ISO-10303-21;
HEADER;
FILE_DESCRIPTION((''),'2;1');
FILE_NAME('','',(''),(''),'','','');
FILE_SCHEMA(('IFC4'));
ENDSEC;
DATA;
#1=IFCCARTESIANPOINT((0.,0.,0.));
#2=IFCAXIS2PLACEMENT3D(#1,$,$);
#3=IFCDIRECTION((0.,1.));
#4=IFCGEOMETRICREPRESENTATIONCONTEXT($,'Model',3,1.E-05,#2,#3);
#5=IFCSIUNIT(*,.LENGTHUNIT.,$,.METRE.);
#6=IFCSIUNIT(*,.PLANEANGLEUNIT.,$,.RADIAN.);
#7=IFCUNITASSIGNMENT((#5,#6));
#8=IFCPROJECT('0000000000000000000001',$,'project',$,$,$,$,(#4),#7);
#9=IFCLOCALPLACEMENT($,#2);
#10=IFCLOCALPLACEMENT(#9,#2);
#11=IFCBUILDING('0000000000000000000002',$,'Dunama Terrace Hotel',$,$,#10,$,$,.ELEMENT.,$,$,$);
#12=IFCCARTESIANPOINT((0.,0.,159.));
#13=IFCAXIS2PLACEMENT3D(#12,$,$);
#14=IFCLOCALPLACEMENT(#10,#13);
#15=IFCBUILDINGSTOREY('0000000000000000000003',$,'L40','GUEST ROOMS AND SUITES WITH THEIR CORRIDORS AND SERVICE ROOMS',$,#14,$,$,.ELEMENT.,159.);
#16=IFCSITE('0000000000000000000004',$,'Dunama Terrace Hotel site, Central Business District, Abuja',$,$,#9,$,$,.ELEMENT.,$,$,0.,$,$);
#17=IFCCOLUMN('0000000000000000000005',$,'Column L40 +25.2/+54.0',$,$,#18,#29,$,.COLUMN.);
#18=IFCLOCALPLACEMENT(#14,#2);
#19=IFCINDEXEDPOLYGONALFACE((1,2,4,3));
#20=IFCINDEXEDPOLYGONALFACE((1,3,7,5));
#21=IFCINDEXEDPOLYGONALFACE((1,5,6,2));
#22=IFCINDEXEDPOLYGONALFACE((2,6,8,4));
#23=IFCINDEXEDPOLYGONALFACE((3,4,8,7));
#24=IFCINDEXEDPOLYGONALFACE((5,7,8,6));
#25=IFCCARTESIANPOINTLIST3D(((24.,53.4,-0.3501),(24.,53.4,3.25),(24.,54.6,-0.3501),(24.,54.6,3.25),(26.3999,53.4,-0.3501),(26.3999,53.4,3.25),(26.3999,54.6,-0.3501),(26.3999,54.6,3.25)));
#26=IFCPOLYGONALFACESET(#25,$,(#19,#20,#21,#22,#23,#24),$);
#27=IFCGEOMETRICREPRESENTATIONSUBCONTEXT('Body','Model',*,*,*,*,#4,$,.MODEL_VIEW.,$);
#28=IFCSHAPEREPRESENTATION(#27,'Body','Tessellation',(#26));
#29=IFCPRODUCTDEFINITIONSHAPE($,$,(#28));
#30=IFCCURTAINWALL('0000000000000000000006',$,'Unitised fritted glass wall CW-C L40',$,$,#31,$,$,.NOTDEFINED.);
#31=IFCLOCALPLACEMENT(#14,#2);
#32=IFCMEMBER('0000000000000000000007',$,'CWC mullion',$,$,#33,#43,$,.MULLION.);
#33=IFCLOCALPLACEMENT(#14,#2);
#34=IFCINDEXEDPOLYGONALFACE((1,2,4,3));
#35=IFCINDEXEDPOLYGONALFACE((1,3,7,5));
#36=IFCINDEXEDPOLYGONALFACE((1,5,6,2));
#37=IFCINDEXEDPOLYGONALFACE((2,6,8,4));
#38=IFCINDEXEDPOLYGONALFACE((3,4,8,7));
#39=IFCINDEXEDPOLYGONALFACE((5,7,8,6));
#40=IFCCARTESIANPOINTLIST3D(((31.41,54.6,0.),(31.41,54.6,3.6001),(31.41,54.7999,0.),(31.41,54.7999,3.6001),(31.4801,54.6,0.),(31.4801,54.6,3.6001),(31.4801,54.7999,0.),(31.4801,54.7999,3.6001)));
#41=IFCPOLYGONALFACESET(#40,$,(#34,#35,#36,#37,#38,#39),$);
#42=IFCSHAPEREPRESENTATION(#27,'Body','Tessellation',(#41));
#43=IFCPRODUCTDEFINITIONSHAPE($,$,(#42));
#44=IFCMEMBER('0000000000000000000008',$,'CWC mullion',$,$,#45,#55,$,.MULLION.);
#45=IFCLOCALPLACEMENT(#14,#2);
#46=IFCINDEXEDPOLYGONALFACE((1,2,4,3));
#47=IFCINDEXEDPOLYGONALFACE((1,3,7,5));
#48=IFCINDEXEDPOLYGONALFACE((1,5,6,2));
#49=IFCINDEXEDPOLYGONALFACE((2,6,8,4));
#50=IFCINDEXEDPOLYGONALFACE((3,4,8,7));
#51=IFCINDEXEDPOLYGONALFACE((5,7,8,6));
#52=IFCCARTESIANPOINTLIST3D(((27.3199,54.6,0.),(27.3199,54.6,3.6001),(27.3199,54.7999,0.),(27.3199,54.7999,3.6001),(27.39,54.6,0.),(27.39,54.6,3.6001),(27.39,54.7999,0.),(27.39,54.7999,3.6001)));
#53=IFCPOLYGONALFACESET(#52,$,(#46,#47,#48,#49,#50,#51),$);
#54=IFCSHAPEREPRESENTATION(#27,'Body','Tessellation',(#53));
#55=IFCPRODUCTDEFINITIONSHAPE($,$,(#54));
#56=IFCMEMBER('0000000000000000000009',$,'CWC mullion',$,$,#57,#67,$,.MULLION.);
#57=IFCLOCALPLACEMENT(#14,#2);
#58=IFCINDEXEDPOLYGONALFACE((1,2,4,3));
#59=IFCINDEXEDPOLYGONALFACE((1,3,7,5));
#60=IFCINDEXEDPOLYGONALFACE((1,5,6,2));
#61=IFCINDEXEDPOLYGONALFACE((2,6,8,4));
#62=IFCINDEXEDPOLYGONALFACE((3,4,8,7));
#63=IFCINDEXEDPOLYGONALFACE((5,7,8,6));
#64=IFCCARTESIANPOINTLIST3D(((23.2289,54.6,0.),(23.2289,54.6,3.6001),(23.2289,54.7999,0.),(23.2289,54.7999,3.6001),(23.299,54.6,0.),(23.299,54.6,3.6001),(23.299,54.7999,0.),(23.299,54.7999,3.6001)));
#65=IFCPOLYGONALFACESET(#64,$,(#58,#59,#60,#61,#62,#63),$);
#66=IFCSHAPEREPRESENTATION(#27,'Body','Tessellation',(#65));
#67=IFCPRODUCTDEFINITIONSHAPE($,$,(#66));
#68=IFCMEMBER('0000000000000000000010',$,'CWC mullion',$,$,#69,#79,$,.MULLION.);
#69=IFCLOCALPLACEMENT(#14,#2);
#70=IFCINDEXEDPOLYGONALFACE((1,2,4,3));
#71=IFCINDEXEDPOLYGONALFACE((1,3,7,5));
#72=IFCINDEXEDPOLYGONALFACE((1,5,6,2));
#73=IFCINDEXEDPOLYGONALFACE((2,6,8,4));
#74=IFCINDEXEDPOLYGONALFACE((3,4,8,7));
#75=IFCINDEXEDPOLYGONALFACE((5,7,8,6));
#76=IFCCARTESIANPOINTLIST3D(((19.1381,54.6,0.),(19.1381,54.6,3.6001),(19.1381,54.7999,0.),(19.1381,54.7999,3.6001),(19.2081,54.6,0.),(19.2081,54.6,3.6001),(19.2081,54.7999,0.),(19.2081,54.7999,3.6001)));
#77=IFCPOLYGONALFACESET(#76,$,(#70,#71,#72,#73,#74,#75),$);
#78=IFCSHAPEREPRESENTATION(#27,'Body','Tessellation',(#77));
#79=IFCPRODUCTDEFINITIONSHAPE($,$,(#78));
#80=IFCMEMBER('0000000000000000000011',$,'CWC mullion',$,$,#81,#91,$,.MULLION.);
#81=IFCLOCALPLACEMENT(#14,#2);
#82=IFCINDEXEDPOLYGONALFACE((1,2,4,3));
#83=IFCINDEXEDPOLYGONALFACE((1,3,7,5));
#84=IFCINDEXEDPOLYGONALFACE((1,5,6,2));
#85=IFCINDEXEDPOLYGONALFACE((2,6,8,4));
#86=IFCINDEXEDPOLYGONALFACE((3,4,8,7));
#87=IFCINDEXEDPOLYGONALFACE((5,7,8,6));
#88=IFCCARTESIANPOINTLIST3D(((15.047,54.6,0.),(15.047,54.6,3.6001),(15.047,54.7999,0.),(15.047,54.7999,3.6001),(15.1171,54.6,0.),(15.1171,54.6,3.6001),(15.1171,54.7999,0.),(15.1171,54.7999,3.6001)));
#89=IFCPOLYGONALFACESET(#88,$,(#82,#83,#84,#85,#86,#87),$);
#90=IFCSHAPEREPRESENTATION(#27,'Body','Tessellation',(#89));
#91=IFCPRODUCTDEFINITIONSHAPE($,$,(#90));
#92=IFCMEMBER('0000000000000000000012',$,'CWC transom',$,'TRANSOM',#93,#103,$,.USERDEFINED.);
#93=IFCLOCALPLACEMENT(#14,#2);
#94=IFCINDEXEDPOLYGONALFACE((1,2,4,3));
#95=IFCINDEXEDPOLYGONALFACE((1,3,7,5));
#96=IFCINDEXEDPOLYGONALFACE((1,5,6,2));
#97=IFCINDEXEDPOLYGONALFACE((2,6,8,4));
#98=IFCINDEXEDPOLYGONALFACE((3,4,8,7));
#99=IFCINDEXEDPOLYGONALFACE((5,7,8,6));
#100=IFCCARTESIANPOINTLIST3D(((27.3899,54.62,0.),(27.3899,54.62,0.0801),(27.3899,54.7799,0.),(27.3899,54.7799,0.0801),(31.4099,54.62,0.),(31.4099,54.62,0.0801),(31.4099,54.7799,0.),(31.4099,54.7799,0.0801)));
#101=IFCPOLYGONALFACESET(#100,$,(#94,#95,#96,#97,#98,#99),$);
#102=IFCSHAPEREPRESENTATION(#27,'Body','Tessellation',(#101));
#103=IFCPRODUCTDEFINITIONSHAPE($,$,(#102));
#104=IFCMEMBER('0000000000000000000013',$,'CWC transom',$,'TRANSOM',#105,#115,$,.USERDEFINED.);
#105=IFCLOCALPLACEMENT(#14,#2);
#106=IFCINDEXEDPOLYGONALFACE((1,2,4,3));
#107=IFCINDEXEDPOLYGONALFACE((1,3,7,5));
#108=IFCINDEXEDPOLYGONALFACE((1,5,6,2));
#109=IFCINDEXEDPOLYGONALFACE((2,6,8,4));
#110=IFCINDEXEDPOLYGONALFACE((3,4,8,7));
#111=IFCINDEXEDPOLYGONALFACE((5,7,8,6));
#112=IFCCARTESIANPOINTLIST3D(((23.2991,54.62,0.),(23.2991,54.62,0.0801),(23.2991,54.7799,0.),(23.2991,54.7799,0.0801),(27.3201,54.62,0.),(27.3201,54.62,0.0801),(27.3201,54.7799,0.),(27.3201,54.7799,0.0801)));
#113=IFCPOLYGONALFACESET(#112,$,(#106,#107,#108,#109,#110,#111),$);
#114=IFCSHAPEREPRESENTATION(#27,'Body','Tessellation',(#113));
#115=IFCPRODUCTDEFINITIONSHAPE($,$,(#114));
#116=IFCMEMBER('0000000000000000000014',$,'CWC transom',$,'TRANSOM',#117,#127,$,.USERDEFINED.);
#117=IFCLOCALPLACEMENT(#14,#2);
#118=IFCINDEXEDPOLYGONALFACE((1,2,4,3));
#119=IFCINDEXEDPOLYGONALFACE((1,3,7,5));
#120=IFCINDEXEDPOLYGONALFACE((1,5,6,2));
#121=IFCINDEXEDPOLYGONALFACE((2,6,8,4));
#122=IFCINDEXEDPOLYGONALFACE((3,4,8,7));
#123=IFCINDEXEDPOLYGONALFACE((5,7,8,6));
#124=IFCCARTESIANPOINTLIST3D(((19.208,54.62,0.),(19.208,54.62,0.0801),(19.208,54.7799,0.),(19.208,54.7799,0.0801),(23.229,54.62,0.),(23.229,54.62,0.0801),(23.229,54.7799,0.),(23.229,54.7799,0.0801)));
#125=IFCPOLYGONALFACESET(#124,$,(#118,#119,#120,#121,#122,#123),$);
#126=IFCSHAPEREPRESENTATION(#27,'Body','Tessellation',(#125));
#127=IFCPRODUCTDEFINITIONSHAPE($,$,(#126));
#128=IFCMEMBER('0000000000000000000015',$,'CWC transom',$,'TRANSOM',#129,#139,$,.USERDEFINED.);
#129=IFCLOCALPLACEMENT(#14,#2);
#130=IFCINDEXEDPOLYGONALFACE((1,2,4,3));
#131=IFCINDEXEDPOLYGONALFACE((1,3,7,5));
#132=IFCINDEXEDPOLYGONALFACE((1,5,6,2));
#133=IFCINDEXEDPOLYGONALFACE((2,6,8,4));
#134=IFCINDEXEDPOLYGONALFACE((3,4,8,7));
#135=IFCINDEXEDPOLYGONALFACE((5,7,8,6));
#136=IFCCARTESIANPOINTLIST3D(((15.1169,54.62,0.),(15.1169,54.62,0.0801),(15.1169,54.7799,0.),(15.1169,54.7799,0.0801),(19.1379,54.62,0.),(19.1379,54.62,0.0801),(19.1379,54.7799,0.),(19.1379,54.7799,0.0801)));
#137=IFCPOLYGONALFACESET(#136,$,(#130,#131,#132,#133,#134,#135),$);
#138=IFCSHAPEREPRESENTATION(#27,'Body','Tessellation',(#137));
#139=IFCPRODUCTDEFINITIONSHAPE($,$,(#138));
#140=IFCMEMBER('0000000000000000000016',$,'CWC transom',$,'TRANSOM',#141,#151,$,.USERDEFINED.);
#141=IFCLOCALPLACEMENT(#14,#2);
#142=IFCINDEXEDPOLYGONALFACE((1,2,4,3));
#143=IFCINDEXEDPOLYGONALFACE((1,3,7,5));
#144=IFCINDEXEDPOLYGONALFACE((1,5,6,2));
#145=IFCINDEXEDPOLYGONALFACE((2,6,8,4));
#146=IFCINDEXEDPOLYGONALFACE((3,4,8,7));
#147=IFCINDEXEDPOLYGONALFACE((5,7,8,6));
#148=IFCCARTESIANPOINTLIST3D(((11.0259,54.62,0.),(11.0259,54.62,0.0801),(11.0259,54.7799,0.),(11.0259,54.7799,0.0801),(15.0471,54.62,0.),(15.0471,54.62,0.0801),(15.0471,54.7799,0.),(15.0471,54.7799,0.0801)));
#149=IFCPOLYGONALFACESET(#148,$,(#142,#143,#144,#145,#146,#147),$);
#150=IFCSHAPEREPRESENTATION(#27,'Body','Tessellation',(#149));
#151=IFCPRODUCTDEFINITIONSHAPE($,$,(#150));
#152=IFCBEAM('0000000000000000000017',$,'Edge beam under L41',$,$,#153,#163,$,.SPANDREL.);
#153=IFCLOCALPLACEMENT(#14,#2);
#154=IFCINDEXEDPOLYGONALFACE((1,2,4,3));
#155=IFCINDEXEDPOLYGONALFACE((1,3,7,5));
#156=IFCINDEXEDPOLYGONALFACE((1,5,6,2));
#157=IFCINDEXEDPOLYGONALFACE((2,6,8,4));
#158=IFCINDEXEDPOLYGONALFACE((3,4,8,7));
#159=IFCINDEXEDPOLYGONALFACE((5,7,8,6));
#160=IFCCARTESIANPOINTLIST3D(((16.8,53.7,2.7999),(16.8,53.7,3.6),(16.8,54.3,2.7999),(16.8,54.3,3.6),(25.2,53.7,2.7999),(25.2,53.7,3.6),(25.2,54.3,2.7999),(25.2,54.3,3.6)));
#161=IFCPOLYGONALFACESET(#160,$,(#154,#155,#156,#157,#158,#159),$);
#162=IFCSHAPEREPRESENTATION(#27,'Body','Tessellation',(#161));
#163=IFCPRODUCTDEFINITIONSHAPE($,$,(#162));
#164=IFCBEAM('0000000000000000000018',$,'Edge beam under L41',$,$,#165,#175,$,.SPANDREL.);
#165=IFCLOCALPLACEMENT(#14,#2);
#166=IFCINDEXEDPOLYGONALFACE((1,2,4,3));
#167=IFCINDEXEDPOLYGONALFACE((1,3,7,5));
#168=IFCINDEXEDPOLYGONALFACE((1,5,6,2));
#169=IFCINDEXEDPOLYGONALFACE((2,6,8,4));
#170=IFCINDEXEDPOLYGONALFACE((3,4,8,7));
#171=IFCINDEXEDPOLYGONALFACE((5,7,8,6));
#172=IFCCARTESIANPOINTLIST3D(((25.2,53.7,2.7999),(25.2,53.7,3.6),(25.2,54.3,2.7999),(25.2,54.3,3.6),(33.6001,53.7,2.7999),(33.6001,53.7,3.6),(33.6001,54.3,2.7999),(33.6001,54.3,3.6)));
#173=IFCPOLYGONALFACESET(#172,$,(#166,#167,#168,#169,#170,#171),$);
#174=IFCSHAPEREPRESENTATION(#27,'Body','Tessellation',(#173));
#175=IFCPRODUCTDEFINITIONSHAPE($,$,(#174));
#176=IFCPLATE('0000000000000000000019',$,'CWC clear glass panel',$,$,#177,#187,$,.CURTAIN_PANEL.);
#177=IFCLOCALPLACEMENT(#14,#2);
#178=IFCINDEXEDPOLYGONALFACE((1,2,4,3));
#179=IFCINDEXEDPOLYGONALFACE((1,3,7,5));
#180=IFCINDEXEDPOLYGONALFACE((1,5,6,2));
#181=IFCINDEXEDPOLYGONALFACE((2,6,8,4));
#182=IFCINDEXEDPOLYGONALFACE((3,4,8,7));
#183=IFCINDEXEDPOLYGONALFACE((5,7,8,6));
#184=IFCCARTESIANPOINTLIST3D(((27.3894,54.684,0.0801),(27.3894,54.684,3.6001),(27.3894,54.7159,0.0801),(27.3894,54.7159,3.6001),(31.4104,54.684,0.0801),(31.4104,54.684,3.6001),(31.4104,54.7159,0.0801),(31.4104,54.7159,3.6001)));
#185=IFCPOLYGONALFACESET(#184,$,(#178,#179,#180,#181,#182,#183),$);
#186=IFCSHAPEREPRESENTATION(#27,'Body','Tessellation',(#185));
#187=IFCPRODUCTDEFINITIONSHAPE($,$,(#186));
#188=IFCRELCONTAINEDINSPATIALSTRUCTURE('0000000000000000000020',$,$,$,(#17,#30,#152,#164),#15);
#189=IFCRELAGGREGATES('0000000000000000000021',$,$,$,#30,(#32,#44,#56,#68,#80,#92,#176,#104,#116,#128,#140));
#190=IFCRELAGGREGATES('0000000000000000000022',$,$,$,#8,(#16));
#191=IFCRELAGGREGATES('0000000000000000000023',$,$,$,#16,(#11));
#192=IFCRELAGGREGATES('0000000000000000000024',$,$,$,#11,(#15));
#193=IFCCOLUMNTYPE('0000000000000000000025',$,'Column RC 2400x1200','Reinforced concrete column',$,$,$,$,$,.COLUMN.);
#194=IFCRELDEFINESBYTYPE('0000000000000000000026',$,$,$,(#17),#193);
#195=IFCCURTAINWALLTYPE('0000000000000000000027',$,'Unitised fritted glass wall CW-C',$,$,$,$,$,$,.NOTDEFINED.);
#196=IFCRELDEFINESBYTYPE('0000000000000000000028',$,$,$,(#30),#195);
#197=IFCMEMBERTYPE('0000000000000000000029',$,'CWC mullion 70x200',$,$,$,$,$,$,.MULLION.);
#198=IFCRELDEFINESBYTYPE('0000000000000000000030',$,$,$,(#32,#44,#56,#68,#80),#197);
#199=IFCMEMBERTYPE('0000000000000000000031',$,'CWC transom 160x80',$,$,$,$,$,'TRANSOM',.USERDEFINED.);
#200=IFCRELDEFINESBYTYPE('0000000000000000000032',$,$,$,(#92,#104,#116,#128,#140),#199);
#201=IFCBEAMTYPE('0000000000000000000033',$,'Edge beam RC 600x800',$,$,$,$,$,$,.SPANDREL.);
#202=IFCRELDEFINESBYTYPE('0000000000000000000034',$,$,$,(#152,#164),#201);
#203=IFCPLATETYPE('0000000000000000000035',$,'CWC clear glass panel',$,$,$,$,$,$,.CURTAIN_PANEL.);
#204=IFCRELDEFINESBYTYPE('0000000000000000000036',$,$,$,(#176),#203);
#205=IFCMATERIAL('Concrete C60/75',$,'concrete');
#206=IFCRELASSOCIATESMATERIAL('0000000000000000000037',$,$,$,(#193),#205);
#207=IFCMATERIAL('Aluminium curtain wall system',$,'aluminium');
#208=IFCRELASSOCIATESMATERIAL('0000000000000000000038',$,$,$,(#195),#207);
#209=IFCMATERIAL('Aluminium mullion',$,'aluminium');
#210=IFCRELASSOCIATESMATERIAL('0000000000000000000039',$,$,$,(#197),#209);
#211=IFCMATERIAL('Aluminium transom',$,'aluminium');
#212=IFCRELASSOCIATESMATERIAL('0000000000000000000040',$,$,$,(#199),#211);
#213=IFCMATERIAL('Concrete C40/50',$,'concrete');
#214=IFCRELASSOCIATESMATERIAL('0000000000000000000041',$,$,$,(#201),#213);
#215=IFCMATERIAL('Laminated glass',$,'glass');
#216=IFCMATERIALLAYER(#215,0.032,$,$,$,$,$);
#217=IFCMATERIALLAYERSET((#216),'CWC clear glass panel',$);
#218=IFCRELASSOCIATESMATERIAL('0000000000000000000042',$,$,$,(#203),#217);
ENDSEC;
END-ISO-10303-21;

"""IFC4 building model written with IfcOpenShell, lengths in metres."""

from ifc_helpers import new_model, si_unit, direction, frame, origin, origin_2d, place, context, subcontext, project, spatial, rectangle, extrude, material, layer, layer_set, material_profile, profile_set, type_object, element, aggregate, save


model = new_model("IFC4")

# Units and contexts
model_context = context("Model", 3, precision=1e-05, world=origin(), true_north=direction((0.0, 1.0)))
body_context = subcontext(model_context, "Body", "Model", "MODEL_VIEW")
ifc_project = project(units=[si_unit("LENGTHUNIT", "METRE"), si_unit("PLANEANGLEUNIT", "RADIAN")], contexts=[model_context])

# Site, building, storey
site_placement = place(None, origin())
site = spatial("IfcSite", under=ifc_project, at=site_placement, Name="Dunama Terrace Hotel site, Central Business District, Abuja", CompositionType="ELEMENT", RefElevation=0.0)
building_placement = place(site_placement, origin())
building = spatial("IfcBuilding", under=site, at=building_placement, Name="Dunama Terrace Hotel", CompositionType="ELEMENT")
storey_placement = place(building_placement, frame((0.0, 0.0, 159.0)))
storey = spatial("IfcBuildingStorey", under=building, at=storey_placement, Name="L40", Description="GUEST ROOMS AND SUITES WITH THEIR CORRIDORS AND SERVICE ROOMS", CompositionType="ELEMENT", Elevation=159.0)

# Column
ifc_material_1 = material(Name="Concrete C60/75", Category="concrete")
ifc_material_profile_1 = material_profile(ifc_material_1, rectangle(XDim=2.3999, YDim=1.2, at=origin_2d()), Name="RC 2400x1200")
ifc_profile_set_1 = profile_set([ifc_material_profile_1], Name="Concrete C60/75")
column_type = type_object("IfcColumnType", Name="Column RC 2400x1200", Description="Reinforced concrete column", PredefinedType="COLUMN", material=ifc_profile_set_1)
column_placement = place(storey_placement, frame((25.2, 54.0, -0.3501), z_axis=(0.0, 0.0, 1.0), x_axis=(1.0, 0.0, 0.0)))
element("IfcColumn", 1, at=column_placement, inside=storey, type_object=column_type, Name="Column L40 +25.2/+54.0", PredefinedType="COLUMN", context=body_context, shape_type="SweptSolid", body=[
    extrude(rectangle(XDim=2.3999, YDim=1.2, at=origin_2d()), origin(), (0.0, 0.0, 1.0), 3.6001),
])

# Curtain wall, members
ifc_material_2 = material(Name="Aluminium curtain wall system", Category="aluminium")
curtain_wall_type = type_object("IfcCurtainWallType", Name="Unitised fritted glass wall CW-C", PredefinedType="NOTDEFINED", material=ifc_material_2)
curtain_wall_placement = place(storey_placement, origin())
curtain_wall = element("IfcCurtainWall", 2, at=curtain_wall_placement, inside=storey, type_object=curtain_wall_type, Name="Unitised fritted glass wall CW-C L40", PredefinedType="NOTDEFINED")
ifc_material_3 = material(Name="Aluminium mullion", Category="aluminium")
ifc_material_profile_2 = material_profile(ifc_material_3, rectangle(XDim=0.0701, YDim=0.2, at=origin_2d()), Name="CWC MULLION 70X200")
ifc_profile_set_2 = profile_set([ifc_material_profile_2], Name="Aluminium mullion")
member_type_1 = type_object("IfcMemberType", Name="CWC mullion 70x200", PredefinedType="MULLION", material=ifc_profile_set_2)
member_1_placement = place(storey_placement, frame((31.4451, 54.7, 0.0), z_axis=(0.0, 0.0, 1.0), x_axis=(-1.0, 0.0, 0.0)))
member_1 = element("IfcMember", 3, at=member_1_placement, type_object=member_type_1, Name="CWC mullion", PredefinedType="MULLION", context=body_context, shape_type="SweptSolid", body=[
    extrude(rectangle(XDim=0.0701, YDim=0.2, at=origin_2d()), origin(), (0.0, 0.0, 1.0), 3.6001),
])
member_2_placement = place(storey_placement, frame((27.355, 54.7, 0.0), z_axis=(0.0, 0.0, 1.0), x_axis=(-1.0, 0.0, 0.0)))
member_2 = element("IfcMember", 4, at=member_2_placement, type_object=member_type_1, Name="CWC mullion", PredefinedType="MULLION", context=body_context, shape_type="SweptSolid", body=[
    extrude(rectangle(XDim=0.0701, YDim=0.2, at=origin_2d()), origin(), (0.0, 0.0, 1.0), 3.6001),
])
member_3_placement = place(storey_placement, frame((23.2639, 54.7, 0.0), z_axis=(0.0, 0.0, 1.0), x_axis=(-1.0, 0.0, 0.0)))
member_3 = element("IfcMember", 5, at=member_3_placement, type_object=member_type_1, Name="CWC mullion", PredefinedType="MULLION", context=body_context, shape_type="SweptSolid", body=[
    extrude(rectangle(XDim=0.0701, YDim=0.2, at=origin_2d()), origin(), (0.0, 0.0, 1.0), 3.6001),
])
member_4_placement = place(storey_placement, frame((19.1731, 54.7, 0.0), z_axis=(0.0, 0.0, 1.0), x_axis=(-1.0, 0.0, 0.0)))
member_4 = element("IfcMember", 6, at=member_4_placement, type_object=member_type_1, Name="CWC mullion", PredefinedType="MULLION", context=body_context, shape_type="SweptSolid", body=[
    extrude(rectangle(XDim=0.0701, YDim=0.2, at=origin_2d()), origin(), (0.0, 0.0, 1.0), 3.6001),
])
member_5_placement = place(storey_placement, frame((15.082, 54.7, 0.0), z_axis=(0.0, 0.0, 1.0), x_axis=(-1.0, 0.0, 0.0)))
member_5 = element("IfcMember", 7, at=member_5_placement, type_object=member_type_1, Name="CWC mullion", PredefinedType="MULLION", context=body_context, shape_type="SweptSolid", body=[
    extrude(rectangle(XDim=0.0701, YDim=0.2, at=origin_2d()), origin(), (0.0, 0.0, 1.0), 3.6001),
])
ifc_material_4 = material(Name="Aluminium transom", Category="aluminium")
ifc_material_profile_3 = material_profile(ifc_material_4, rectangle(XDim=0.1599, YDim=0.0801, at=origin_2d()), Name="CWC TRANSOM 160X80")
ifc_profile_set_3 = profile_set([ifc_material_profile_3], Name="Aluminium transom")
member_type_2 = type_object("IfcMemberType", Name="CWC transom 160x80", ElementType="TRANSOM", PredefinedType="USERDEFINED", material=ifc_profile_set_3)
member_6_placement = place(storey_placement, frame((31.4099, 54.7, 0.04), z_axis=(-1.0, 0.0, 0.0), x_axis=(0.0, -1.0, 0.0)))
member_6 = element("IfcMember", 8, at=member_6_placement, type_object=member_type_2, Name="CWC transom", ObjectType="TRANSOM", PredefinedType="USERDEFINED", context=body_context, shape_type="SweptSolid", body=[
    extrude(rectangle(XDim=0.1599, YDim=0.0801, at=origin_2d()), origin(), (0.0, 0.0, 1.0), 4.02),
])
member_7_placement = place(storey_placement, frame((27.3201, 54.7, 0.04), z_axis=(-1.0, 0.0, 0.0), x_axis=(0.0, -1.0, 0.0)))
member_7 = element("IfcMember", 9, at=member_7_placement, type_object=member_type_2, Name="CWC transom", ObjectType="TRANSOM", PredefinedType="USERDEFINED", context=body_context, shape_type="SweptSolid", body=[
    extrude(rectangle(XDim=0.1599, YDim=0.0801, at=origin_2d()), origin(), (0.0, 0.0, 1.0), 4.021),
])
member_8_placement = place(storey_placement, frame((23.229, 54.7, 0.04), z_axis=(-1.0, 0.0, 0.0), x_axis=(0.0, -1.0, 0.0)))
member_8 = element("IfcMember", 10, at=member_8_placement, type_object=member_type_2, Name="CWC transom", ObjectType="TRANSOM", PredefinedType="USERDEFINED", context=body_context, shape_type="SweptSolid", body=[
    extrude(rectangle(XDim=0.1599, YDim=0.0801, at=origin_2d()), origin(), (0.0, 0.0, 1.0), 4.021),
])
member_9_placement = place(storey_placement, frame((19.1379, 54.7, 0.04), z_axis=(-1.0, 0.0, 0.0), x_axis=(0.0, -1.0, 0.0)))
member_9 = element("IfcMember", 11, at=member_9_placement, type_object=member_type_2, Name="CWC transom", ObjectType="TRANSOM", PredefinedType="USERDEFINED", context=body_context, shape_type="SweptSolid", body=[
    extrude(rectangle(XDim=0.1599, YDim=0.0801, at=origin_2d()), origin(), (0.0, 0.0, 1.0), 4.021),
])
member_10_placement = place(storey_placement, frame((15.0471, 54.7, 0.04), z_axis=(-1.0, 0.0, 0.0), x_axis=(0.0, -1.0, 0.0)))
member_10 = element("IfcMember", 12, at=member_10_placement, type_object=member_type_2, Name="CWC transom", ObjectType="TRANSOM", PredefinedType="USERDEFINED", context=body_context, shape_type="SweptSolid", body=[
    extrude(rectangle(XDim=0.1599, YDim=0.0801, at=origin_2d()), origin(), (0.0, 0.0, 1.0), 4.0212),
])

# Beams
ifc_material_5 = material(Name="Concrete C40/50", Category="concrete")
ifc_material_profile_4 = material_profile(ifc_material_5, rectangle(XDim=0.6001, YDim=0.8, at=origin_2d()), Name="RC 600x800")
ifc_profile_set_4 = profile_set([ifc_material_profile_4], Name="Concrete C40/50")
beam_type = type_object("IfcBeamType", Name="Edge beam RC 600x800", PredefinedType="SPANDREL", material=ifc_profile_set_4)
beam_1_placement = place(storey_placement, frame((16.8, 54.0, 3.2), z_axis=(1.0, 0.0, 0.0), x_axis=(0.0, 1.0, 0.0)))
element("IfcBeam", 13, at=beam_1_placement, inside=storey, type_object=beam_type, Name="Edge beam under L41", PredefinedType="SPANDREL", context=body_context, shape_type="SweptSolid", body=[
    extrude(rectangle(XDim=0.6001, YDim=0.8, at=origin_2d()), origin(), (0.0, 0.0, 1.0), 8.3999),
])
beam_2_placement = place(storey_placement, frame((25.2, 54.0, 3.2), z_axis=(1.0, 0.0, 0.0), x_axis=(0.0, 1.0, 0.0)))
element("IfcBeam", 14, at=beam_2_placement, inside=storey, type_object=beam_type, Name="Edge beam under L41", PredefinedType="SPANDREL", context=body_context, shape_type="SweptSolid", body=[
    extrude(rectangle(XDim=0.6001, YDim=0.8, at=origin_2d()), origin(), (0.0, 0.0, 1.0), 8.4001),
])

# Plate
ifc_material_6 = material(Name="Laminated glass", Category="glass")
ifc_layer_1 = layer(ifc_material_6, 0.032)
ifc_layer_set_1 = layer_set([ifc_layer_1], Name="CWC clear glass panel")
plate_type_1 = type_object("IfcPlateType", Name="CWC clear glass panel", PredefinedType="CURTAIN_PANEL", material=ifc_layer_set_1)
plate_1_placement = place(storey_placement, frame((29.3999, 54.7, 0.0801), z_axis=(0.0, 0.0, 1.0), x_axis=(-1.0, 0.0, 0.0)))
plate_1 = element("IfcPlate", 15, at=plate_1_placement, type_object=plate_type_1, Name="CWC clear glass panel", PredefinedType="CURTAIN_PANEL", context=body_context, shape_type="SweptSolid", body=[
    extrude(rectangle(XDim=4.021, YDim=0.032, at=origin_2d()), origin(), (0.0, 0.0, 1.0), 3.52),
])
aggregate(curtain_wall, [member_1, member_2, member_3, member_4, member_5, member_6, plate_1, member_7, member_8, member_9, member_10])

save(model, "model.ifc")
